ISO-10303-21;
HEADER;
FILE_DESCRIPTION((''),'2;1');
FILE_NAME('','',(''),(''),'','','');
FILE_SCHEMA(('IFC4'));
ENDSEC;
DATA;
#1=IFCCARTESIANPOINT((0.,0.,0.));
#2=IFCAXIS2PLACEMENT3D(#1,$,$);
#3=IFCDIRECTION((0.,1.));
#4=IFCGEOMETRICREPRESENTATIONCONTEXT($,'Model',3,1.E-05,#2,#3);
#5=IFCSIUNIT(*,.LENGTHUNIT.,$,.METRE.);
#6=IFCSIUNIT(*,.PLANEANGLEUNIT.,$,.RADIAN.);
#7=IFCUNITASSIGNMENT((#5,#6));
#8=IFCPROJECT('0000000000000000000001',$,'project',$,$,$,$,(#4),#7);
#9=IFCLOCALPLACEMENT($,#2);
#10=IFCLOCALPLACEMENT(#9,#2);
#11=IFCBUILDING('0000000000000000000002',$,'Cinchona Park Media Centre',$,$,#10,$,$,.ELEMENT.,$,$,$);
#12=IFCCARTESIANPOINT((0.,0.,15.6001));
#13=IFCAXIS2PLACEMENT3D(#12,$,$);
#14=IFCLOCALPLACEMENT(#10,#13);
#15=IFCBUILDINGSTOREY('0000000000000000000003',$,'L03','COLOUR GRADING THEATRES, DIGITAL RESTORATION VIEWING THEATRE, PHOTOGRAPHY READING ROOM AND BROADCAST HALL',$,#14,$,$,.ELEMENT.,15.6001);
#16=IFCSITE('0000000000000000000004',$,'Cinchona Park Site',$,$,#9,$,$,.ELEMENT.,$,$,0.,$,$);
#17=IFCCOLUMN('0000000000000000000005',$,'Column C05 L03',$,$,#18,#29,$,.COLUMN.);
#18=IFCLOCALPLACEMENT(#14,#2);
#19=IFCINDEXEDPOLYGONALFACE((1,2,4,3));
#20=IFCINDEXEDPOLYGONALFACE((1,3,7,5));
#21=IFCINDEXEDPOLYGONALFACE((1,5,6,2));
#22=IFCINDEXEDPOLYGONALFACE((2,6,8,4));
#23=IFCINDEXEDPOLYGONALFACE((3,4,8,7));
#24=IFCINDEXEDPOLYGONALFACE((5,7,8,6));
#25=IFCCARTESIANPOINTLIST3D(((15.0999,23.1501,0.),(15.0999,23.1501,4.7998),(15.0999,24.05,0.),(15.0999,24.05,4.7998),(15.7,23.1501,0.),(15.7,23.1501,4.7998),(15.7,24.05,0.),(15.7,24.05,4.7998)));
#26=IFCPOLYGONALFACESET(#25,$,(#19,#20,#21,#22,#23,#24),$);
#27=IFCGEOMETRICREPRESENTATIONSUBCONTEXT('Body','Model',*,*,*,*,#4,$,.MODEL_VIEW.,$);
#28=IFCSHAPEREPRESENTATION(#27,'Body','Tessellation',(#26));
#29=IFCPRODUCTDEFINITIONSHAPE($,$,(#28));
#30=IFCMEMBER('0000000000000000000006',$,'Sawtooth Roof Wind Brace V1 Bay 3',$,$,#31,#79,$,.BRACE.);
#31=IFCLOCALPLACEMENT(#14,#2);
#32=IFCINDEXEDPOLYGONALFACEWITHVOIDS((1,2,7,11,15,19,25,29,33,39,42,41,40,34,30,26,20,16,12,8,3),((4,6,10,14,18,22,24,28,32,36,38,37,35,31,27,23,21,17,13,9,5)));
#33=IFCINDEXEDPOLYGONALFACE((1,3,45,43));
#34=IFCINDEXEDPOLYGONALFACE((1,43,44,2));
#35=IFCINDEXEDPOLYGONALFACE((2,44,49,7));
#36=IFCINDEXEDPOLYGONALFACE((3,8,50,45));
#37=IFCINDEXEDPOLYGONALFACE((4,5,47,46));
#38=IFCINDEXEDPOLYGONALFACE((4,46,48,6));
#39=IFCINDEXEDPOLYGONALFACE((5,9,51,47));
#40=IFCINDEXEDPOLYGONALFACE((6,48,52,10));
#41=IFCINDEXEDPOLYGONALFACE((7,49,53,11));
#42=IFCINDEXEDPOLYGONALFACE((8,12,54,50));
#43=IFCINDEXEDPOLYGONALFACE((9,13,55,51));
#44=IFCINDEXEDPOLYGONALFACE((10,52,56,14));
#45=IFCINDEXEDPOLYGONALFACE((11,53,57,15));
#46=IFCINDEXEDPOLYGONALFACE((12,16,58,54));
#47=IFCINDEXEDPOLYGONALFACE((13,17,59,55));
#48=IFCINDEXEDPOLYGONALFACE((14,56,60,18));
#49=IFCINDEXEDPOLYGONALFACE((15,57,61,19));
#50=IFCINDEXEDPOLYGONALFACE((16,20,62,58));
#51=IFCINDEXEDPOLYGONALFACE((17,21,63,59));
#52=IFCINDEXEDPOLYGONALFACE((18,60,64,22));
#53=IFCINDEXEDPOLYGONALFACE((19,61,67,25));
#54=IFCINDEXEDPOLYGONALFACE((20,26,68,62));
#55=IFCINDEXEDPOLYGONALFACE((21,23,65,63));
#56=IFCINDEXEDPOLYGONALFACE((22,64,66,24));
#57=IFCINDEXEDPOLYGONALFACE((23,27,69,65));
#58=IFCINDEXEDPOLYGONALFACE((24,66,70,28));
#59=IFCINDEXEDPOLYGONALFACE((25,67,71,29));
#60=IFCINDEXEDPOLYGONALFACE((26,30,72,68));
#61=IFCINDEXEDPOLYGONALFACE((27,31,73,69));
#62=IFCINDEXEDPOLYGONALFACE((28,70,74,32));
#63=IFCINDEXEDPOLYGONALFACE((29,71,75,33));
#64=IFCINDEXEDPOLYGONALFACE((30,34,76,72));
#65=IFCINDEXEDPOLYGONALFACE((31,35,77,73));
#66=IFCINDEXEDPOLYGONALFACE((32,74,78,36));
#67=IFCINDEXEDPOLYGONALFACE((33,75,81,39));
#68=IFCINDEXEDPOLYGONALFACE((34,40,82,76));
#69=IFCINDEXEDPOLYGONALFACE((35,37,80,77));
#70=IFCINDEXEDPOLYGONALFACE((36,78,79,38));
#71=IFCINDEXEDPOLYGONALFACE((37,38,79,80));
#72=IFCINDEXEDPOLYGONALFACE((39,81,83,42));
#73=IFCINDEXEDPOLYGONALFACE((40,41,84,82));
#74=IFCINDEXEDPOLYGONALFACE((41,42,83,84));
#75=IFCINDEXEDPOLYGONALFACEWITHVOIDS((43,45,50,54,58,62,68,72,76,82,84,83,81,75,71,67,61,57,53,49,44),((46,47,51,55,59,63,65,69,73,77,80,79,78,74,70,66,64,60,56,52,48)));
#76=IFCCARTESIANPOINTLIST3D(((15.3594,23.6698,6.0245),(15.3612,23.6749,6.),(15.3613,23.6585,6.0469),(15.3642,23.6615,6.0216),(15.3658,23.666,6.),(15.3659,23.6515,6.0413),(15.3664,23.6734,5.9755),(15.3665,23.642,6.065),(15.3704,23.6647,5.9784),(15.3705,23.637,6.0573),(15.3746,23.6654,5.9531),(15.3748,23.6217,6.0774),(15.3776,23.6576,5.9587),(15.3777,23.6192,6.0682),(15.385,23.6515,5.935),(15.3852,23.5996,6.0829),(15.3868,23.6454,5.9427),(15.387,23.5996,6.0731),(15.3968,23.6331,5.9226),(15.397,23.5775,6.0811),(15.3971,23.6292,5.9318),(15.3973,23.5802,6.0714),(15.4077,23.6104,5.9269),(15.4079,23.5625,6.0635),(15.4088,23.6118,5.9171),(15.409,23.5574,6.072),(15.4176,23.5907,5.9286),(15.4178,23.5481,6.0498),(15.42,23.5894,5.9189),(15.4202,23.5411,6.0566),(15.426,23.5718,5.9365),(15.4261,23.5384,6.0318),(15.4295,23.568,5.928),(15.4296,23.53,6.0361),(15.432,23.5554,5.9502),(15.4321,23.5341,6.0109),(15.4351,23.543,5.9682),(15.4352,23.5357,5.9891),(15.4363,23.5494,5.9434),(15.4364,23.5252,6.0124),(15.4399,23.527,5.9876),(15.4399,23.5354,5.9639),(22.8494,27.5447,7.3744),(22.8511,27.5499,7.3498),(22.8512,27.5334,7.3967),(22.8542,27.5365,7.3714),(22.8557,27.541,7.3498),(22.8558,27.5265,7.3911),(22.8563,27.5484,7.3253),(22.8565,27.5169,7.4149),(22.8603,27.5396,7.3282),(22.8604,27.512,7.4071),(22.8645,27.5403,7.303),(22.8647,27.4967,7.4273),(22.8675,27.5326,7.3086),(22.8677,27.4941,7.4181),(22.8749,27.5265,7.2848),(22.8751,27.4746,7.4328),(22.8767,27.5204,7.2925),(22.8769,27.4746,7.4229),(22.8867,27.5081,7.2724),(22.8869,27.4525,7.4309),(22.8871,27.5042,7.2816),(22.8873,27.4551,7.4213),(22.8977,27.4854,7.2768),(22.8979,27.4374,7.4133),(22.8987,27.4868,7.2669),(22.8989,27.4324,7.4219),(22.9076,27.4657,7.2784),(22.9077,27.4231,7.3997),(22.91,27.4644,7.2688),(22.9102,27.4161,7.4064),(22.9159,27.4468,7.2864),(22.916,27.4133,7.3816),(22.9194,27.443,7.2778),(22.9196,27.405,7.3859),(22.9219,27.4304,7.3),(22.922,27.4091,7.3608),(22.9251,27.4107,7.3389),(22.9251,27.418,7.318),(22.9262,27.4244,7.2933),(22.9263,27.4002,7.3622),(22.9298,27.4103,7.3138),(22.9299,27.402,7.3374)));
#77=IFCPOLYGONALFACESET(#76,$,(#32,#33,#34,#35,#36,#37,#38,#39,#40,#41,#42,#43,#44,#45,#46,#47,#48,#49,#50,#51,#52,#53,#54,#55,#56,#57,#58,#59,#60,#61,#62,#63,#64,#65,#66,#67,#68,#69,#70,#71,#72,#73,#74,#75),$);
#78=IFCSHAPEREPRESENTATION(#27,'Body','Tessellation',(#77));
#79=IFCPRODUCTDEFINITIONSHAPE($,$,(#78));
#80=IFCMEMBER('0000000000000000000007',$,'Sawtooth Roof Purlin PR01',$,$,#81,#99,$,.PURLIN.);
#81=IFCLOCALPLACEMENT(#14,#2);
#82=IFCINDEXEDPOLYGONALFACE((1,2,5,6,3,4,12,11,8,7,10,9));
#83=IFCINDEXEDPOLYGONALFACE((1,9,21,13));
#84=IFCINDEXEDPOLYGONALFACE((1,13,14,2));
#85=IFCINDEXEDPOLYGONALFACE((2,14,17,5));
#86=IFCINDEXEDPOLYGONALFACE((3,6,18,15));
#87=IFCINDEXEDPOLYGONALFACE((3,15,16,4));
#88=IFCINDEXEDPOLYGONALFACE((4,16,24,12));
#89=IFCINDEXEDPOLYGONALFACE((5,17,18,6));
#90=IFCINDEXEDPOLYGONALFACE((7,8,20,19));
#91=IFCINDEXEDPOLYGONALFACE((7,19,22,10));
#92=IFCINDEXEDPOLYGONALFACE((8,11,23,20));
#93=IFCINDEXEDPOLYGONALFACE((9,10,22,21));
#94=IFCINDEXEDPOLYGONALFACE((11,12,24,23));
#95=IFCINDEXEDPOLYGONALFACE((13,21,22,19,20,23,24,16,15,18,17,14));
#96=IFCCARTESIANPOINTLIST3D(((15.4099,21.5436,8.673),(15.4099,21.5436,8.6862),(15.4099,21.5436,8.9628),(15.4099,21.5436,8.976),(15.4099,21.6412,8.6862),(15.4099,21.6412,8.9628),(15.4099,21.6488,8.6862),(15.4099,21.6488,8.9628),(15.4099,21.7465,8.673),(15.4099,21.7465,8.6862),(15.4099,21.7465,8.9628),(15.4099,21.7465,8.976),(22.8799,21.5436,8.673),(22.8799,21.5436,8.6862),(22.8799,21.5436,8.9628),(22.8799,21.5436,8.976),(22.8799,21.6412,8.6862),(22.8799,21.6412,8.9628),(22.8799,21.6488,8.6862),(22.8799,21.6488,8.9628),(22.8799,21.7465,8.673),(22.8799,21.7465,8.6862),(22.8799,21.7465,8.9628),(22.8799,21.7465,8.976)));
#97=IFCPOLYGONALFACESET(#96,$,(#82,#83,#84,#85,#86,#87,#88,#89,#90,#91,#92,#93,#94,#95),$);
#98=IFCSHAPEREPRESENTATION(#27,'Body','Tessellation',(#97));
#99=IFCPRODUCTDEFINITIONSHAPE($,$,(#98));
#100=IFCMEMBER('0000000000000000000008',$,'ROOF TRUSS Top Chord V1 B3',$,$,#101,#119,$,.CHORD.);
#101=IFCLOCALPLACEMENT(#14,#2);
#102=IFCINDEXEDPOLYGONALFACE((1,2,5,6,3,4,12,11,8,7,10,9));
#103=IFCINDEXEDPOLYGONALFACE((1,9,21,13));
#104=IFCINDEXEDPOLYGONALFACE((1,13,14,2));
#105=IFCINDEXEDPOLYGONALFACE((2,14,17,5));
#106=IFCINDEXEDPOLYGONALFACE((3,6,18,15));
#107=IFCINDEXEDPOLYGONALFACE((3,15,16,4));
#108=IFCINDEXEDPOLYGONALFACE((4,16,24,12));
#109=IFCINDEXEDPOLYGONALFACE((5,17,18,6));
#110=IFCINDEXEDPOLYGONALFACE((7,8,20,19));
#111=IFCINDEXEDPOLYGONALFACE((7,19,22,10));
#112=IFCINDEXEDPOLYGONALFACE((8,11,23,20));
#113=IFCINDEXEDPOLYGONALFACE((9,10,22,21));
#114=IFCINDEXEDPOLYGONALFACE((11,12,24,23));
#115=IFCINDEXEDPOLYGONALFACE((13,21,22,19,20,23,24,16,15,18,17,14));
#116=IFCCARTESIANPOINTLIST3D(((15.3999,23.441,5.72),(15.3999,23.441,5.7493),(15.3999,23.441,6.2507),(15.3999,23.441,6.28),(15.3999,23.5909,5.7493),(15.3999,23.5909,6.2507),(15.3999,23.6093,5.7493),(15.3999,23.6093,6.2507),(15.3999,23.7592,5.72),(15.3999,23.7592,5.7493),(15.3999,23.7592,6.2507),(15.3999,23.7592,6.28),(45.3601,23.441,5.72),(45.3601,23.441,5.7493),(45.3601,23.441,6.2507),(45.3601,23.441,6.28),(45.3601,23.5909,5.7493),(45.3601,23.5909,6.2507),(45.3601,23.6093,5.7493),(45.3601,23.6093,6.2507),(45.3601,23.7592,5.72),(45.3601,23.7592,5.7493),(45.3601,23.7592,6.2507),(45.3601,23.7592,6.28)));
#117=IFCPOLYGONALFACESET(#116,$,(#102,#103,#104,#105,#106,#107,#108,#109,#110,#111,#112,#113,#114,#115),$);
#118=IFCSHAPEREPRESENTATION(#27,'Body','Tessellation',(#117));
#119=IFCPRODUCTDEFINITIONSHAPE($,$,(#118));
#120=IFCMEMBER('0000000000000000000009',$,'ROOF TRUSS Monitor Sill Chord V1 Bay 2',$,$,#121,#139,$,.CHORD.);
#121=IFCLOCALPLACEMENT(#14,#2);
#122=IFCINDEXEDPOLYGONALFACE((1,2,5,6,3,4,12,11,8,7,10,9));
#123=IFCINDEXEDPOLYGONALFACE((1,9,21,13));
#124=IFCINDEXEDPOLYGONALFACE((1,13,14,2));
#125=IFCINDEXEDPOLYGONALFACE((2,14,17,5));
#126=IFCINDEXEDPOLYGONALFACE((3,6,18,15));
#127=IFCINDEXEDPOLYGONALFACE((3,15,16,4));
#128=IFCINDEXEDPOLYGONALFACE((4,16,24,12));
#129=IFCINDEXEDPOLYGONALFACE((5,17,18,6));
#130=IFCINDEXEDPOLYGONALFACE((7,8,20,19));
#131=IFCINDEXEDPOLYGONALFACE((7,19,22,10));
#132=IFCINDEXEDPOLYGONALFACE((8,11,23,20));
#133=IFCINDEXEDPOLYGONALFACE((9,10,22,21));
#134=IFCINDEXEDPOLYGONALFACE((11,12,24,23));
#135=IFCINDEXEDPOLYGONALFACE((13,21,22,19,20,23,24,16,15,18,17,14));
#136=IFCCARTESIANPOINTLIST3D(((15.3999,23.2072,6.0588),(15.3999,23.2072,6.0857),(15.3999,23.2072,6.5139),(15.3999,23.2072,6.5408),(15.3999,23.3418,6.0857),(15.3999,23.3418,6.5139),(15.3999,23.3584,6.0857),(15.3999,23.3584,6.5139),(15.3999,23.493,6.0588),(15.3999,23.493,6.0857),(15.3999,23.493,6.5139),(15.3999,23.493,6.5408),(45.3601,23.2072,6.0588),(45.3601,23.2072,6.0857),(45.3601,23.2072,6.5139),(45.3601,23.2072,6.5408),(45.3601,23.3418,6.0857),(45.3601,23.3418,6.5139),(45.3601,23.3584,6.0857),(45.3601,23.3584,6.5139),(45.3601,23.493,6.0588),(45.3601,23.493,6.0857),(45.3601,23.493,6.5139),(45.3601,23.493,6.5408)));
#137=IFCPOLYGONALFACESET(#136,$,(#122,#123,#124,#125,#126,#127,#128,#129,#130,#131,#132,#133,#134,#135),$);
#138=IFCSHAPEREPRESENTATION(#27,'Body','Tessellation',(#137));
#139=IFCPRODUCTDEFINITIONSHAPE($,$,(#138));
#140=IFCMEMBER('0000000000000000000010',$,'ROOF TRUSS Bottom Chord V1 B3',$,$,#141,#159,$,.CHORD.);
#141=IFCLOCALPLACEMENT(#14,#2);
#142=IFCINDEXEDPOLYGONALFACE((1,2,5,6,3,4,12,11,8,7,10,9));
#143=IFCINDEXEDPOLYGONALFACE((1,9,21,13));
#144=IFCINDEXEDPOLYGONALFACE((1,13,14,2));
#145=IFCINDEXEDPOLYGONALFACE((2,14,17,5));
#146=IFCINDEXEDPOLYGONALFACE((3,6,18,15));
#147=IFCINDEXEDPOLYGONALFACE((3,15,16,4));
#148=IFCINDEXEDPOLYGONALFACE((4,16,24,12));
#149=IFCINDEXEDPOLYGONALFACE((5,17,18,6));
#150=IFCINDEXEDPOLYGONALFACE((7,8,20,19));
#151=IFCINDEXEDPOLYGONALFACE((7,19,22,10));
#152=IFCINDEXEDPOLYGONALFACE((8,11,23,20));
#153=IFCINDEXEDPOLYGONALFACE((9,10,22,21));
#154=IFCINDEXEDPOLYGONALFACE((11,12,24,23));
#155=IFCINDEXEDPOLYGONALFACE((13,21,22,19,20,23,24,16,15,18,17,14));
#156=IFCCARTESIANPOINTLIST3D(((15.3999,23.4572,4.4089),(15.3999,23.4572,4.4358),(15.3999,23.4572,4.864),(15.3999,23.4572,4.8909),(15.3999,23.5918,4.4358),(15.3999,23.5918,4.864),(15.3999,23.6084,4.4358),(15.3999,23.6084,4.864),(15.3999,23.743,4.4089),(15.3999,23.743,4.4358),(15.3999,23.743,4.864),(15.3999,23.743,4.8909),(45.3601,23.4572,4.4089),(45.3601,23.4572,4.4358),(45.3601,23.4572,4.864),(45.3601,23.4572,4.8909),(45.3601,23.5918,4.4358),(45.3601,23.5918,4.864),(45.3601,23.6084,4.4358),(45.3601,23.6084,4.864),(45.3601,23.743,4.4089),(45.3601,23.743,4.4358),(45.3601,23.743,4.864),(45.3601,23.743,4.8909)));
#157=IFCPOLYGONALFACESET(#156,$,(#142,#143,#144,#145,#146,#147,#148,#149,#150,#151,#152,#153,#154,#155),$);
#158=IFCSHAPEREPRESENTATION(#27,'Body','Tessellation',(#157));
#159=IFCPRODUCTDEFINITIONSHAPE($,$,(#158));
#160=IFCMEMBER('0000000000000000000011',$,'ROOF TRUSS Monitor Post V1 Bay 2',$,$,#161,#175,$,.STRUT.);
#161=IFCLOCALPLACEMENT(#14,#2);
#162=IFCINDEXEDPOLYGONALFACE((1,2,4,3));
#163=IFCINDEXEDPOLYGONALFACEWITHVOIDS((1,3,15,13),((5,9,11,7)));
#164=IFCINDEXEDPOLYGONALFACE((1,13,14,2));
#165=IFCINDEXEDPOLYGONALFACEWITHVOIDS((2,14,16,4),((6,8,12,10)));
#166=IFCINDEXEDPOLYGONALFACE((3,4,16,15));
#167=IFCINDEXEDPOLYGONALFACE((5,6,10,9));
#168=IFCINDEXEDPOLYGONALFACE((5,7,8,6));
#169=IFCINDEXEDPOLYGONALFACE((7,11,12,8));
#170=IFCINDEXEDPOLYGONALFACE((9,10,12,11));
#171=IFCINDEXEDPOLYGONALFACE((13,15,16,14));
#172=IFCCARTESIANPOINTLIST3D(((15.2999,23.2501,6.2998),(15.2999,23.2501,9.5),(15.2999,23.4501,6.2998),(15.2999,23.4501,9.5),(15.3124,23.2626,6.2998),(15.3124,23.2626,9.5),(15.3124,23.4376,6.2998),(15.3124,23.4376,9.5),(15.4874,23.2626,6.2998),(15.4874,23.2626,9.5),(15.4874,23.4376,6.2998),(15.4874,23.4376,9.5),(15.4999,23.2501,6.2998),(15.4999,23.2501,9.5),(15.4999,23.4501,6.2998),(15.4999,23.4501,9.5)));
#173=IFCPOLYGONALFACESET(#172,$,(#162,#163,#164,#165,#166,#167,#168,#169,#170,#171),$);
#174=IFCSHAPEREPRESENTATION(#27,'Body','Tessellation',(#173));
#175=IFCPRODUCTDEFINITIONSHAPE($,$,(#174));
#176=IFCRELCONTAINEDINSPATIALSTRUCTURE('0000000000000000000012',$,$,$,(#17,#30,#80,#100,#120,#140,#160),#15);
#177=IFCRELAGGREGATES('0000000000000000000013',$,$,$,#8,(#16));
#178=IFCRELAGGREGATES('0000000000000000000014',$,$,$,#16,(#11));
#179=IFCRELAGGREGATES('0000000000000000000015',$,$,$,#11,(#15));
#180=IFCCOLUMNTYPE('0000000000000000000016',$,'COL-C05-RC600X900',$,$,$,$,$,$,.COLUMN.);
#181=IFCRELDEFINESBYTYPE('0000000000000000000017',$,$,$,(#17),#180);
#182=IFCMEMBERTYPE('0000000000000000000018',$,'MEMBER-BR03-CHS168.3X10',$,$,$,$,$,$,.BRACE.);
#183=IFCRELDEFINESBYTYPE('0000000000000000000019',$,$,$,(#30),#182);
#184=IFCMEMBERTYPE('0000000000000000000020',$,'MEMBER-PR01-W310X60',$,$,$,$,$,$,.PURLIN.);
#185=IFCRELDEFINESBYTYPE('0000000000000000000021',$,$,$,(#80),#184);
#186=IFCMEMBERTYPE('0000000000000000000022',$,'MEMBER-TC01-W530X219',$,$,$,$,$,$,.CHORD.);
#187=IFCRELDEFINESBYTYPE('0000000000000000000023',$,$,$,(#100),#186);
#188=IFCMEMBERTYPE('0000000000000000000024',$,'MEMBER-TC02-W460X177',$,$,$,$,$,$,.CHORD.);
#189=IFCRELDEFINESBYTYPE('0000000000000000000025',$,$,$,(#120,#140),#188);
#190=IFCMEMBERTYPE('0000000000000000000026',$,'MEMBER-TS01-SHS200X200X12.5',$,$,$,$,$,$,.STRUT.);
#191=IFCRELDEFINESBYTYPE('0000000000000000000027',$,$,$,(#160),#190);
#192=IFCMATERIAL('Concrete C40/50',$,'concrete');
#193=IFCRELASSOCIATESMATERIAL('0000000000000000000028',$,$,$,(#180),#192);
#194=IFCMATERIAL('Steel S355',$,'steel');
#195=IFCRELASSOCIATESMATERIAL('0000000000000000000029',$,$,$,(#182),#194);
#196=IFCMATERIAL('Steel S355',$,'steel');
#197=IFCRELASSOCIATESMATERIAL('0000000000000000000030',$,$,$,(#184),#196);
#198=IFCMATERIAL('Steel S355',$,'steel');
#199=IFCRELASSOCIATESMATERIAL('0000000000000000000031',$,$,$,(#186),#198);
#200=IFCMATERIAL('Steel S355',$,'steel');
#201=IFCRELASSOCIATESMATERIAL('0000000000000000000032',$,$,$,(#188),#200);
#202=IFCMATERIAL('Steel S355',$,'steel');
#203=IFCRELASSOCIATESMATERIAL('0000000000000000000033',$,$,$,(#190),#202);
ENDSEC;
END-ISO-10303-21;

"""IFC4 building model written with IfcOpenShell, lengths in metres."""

from ifc_helpers import new_model, si_unit, direction, frame, origin, origin_2d, place, context, subcontext, project, spatial, rectangle, hollow_rectangle, hollow_circle, i_section, extrude, material, material_profile, profile_set, type_object, element, save


model = new_model("IFC4")

# Units and contexts
model_context = context("Model", 3, precision=1e-05, world=origin(), true_north=direction((0.0, 1.0)))
body_context = subcontext(model_context, "Body", "Model", "MODEL_VIEW")
ifc_project = project(units=[si_unit("LENGTHUNIT", "METRE"), si_unit("PLANEANGLEUNIT", "RADIAN")], contexts=[model_context])

# Site, building, storey
site_placement = place(None, origin())
site = spatial("IfcSite", under=ifc_project, at=site_placement, Name="Cinchona Park Site", CompositionType="ELEMENT", RefElevation=0.0)
building_placement = place(site_placement, origin())
building = spatial("IfcBuilding", under=site, at=building_placement, Name="Cinchona Park Media Centre", CompositionType="ELEMENT")
storey_placement = place(building_placement, frame((0.0, 0.0, 15.6001)))
storey = spatial("IfcBuildingStorey", under=building, at=storey_placement, Name="L03", Description="COLOUR GRADING THEATRES, DIGITAL RESTORATION VIEWING THEATRE, PHOTOGRAPHY READING ROOM AND BROADCAST HALL", CompositionType="ELEMENT", Elevation=15.6001)

# Column
ifc_material_1 = material(Name="Concrete C40/50", Category="concrete")
ifc_material_profile_1 = material_profile(ifc_material_1, rectangle(XDim=0.6001, YDim=0.8999, at=origin_2d()), Name="RC 600X900")
ifc_profile_set_1 = profile_set([ifc_material_profile_1], Name="Concrete C40/50")
column_type = type_object("IfcColumnType", Name="COL-C05-RC600X900", PredefinedType="COLUMN", material=ifc_profile_set_1)
column_placement = place(storey_placement, frame((15.3999, 23.6001, 0.0), z_axis=(0.0, 0.0, 1.0), x_axis=(1.0, 0.0, 0.0)))
element("IfcColumn", 1, at=column_placement, inside=storey, type_object=column_type, Name="Column C05 L03", PredefinedType="COLUMN", context=body_context, shape_type="SweptSolid", body=[
    extrude(rectangle(XDim=0.6001, YDim=0.8999, at=origin_2d()), origin(), (0.0, 0.0, 1.0), 4.7998),
])

# Members
ifc_material_2 = material(Name="Steel S355", Category="steel")
ifc_material_profile_2 = material_profile(ifc_material_2, hollow_circle(Radius=0.0842, WallThickness=0.01, at=origin_2d()), Name="168.3X10CHS")
ifc_profile_set_2 = profile_set([ifc_material_profile_2], Name="Steel S355")
member_type_1 = type_object("IfcMemberType", Name="MEMBER-BR03-CHS168.3X10", PredefinedType="BRACE", material=ifc_profile_set_2)
member_1_placement = place(storey_placement, frame((15.3999, 23.6001, 6.0), z_axis=(0.877011, 0.453728, 0.158056), x_axis=(-0.459504, 0.888176, 0.0)))
element("IfcMember", 2, at=member_1_placement, inside=storey, type_object=member_type_1, Name="Sawtooth Roof Wind Brace V1 Bay 3", PredefinedType="BRACE", context=body_context, shape_type="SweptSolid", body=[
    extrude(hollow_circle(Radius=0.0842, WallThickness=0.01, at=origin_2d()), origin(), (0.0, 0.0, 1.0), 8.5403),
])
ifc_material_3 = material(Name="Steel S355", Category="steel")
ifc_material_profile_3 = material_profile(ifc_material_3, i_section(OverallWidth=0.2029, OverallDepth=0.303, WebThickness=0.0076, FlangeThickness=0.0132, at=origin_2d()), Name="W310X60")
ifc_profile_set_3 = profile_set([ifc_material_profile_3], Name="Steel S355")
member_type_2 = type_object("IfcMemberType", Name="MEMBER-PR01-W310X60", PredefinedType="PURLIN", material=ifc_profile_set_3)
member_2_placement = place(storey_placement, frame((15.4099, 21.645, 8.8245), z_axis=(1.0, 0.0, 0.0), x_axis=(0.0, 1.0, 0.0)))
element("IfcMember", 3, at=member_2_placement, inside=storey, type_object=member_type_2, Name="Sawtooth Roof Purlin PR01", PredefinedType="PURLIN", context=body_context, shape_type="SweptSolid", body=[
    extrude(i_section(OverallWidth=0.2029, OverallDepth=0.303, WebThickness=0.0076, FlangeThickness=0.0132, at=origin_2d()), origin(), (0.0, 0.0, 1.0), 7.47),
])
ifc_material_4 = material(Name="Steel S355", Category="steel")
ifc_material_profile_4 = material_profile(ifc_material_4, i_section(OverallWidth=0.3181, OverallDepth=0.5601, WebThickness=0.0183, FlangeThickness=0.0293, at=origin_2d()), Name="W530X219")
ifc_profile_set_4 = profile_set([ifc_material_profile_4], Name="Steel S355")
member_type_3 = type_object("IfcMemberType", Name="MEMBER-TC01-W530X219", PredefinedType="CHORD", material=ifc_profile_set_4)
member_3_placement = place(storey_placement, frame((15.3999, 23.6001, 6.0), z_axis=(1.0, 0.0, 0.0), x_axis=(0.0, 1.0, 0.0)))
element("IfcMember", 4, at=member_3_placement, inside=storey, type_object=member_type_3, Name="ROOF TRUSS Top Chord V1 B3", PredefinedType="CHORD", context=body_context, shape_type="SweptSolid", body=[
    extrude(i_section(OverallWidth=0.3181, OverallDepth=0.5601, WebThickness=0.0183, FlangeThickness=0.0293, at=origin_2d()), origin(), (0.0, 0.0, 1.0), 29.9602),
])
ifc_material_5 = material(Name="Steel S355", Category="steel")
ifc_material_profile_5 = material_profile(ifc_material_5, i_section(OverallWidth=0.2859, OverallDepth=0.4819, WebThickness=0.0166, FlangeThickness=0.0269, at=origin_2d()), Name="W460X177")
ifc_profile_set_5 = profile_set([ifc_material_profile_5], Name="Steel S355")
member_type_4 = type_object("IfcMemberType", Name="MEMBER-TC02-W460X177", PredefinedType="CHORD", material=ifc_profile_set_5)
for number, where, z_axis, x_axis, name in (
    (5, (15.3999, 23.3501, 6.2998), (1.0, 0.0, 0.0), (0.0, 1.0, 0.0), "ROOF TRUSS Monitor Sill Chord V1 Bay 2"),
    (6, (15.3999, 23.6001, 4.6499), (1.0, 0.0, 0.0), (0.0, 1.0, 0.0), "ROOF TRUSS Bottom Chord V1 B3"),
):
    element("IfcMember", number, at=place(storey_placement, frame(where, z_axis=z_axis, x_axis=x_axis)), inside=storey, type_object=member_type_4, Name=name, PredefinedType="CHORD", context=body_context, shape_type="SweptSolid", body=[
        extrude(i_section(OverallWidth=0.2859, OverallDepth=0.4819, WebThickness=0.0166, FlangeThickness=0.0269, at=origin_2d()), origin(), (0.0, 0.0, 1.0), 29.9602),
    ])
ifc_material_6 = material(Name="Steel S355", Category="steel")
ifc_material_profile_6 = material_profile(ifc_material_6, hollow_rectangle(XDim=0.2, YDim=0.2, WallThickness=0.0125, at=origin_2d()), Name="200X200X12.5SHS")
ifc_profile_set_6 = profile_set([ifc_material_profile_6], Name="Steel S355")
member_type_5 = type_object("IfcMemberType", Name="MEMBER-TS01-SHS200X200X12.5", PredefinedType="STRUT", material=ifc_profile_set_6)
for number, where, z_axis, x_axis, name in (
    (7, (15.3999, 23.3501, 6.2998), (0.0, 0.0, 1.0), (1.0, 0.0, 0.0), "ROOF TRUSS Monitor Post V1 Bay 2"),
):
    element("IfcMember", number, at=place(storey_placement, frame(where, z_axis=z_axis, x_axis=x_axis)), inside=storey, type_object=member_type_5, Name=name, PredefinedType="STRUT", context=body_context, shape_type="SweptSolid", body=[
        extrude(hollow_rectangle(XDim=0.2, YDim=0.2, WallThickness=0.0125, at=origin_2d()), origin(), (0.0, 0.0, 1.0), 3.2002),
    ])

save(model, "model.ifc")
